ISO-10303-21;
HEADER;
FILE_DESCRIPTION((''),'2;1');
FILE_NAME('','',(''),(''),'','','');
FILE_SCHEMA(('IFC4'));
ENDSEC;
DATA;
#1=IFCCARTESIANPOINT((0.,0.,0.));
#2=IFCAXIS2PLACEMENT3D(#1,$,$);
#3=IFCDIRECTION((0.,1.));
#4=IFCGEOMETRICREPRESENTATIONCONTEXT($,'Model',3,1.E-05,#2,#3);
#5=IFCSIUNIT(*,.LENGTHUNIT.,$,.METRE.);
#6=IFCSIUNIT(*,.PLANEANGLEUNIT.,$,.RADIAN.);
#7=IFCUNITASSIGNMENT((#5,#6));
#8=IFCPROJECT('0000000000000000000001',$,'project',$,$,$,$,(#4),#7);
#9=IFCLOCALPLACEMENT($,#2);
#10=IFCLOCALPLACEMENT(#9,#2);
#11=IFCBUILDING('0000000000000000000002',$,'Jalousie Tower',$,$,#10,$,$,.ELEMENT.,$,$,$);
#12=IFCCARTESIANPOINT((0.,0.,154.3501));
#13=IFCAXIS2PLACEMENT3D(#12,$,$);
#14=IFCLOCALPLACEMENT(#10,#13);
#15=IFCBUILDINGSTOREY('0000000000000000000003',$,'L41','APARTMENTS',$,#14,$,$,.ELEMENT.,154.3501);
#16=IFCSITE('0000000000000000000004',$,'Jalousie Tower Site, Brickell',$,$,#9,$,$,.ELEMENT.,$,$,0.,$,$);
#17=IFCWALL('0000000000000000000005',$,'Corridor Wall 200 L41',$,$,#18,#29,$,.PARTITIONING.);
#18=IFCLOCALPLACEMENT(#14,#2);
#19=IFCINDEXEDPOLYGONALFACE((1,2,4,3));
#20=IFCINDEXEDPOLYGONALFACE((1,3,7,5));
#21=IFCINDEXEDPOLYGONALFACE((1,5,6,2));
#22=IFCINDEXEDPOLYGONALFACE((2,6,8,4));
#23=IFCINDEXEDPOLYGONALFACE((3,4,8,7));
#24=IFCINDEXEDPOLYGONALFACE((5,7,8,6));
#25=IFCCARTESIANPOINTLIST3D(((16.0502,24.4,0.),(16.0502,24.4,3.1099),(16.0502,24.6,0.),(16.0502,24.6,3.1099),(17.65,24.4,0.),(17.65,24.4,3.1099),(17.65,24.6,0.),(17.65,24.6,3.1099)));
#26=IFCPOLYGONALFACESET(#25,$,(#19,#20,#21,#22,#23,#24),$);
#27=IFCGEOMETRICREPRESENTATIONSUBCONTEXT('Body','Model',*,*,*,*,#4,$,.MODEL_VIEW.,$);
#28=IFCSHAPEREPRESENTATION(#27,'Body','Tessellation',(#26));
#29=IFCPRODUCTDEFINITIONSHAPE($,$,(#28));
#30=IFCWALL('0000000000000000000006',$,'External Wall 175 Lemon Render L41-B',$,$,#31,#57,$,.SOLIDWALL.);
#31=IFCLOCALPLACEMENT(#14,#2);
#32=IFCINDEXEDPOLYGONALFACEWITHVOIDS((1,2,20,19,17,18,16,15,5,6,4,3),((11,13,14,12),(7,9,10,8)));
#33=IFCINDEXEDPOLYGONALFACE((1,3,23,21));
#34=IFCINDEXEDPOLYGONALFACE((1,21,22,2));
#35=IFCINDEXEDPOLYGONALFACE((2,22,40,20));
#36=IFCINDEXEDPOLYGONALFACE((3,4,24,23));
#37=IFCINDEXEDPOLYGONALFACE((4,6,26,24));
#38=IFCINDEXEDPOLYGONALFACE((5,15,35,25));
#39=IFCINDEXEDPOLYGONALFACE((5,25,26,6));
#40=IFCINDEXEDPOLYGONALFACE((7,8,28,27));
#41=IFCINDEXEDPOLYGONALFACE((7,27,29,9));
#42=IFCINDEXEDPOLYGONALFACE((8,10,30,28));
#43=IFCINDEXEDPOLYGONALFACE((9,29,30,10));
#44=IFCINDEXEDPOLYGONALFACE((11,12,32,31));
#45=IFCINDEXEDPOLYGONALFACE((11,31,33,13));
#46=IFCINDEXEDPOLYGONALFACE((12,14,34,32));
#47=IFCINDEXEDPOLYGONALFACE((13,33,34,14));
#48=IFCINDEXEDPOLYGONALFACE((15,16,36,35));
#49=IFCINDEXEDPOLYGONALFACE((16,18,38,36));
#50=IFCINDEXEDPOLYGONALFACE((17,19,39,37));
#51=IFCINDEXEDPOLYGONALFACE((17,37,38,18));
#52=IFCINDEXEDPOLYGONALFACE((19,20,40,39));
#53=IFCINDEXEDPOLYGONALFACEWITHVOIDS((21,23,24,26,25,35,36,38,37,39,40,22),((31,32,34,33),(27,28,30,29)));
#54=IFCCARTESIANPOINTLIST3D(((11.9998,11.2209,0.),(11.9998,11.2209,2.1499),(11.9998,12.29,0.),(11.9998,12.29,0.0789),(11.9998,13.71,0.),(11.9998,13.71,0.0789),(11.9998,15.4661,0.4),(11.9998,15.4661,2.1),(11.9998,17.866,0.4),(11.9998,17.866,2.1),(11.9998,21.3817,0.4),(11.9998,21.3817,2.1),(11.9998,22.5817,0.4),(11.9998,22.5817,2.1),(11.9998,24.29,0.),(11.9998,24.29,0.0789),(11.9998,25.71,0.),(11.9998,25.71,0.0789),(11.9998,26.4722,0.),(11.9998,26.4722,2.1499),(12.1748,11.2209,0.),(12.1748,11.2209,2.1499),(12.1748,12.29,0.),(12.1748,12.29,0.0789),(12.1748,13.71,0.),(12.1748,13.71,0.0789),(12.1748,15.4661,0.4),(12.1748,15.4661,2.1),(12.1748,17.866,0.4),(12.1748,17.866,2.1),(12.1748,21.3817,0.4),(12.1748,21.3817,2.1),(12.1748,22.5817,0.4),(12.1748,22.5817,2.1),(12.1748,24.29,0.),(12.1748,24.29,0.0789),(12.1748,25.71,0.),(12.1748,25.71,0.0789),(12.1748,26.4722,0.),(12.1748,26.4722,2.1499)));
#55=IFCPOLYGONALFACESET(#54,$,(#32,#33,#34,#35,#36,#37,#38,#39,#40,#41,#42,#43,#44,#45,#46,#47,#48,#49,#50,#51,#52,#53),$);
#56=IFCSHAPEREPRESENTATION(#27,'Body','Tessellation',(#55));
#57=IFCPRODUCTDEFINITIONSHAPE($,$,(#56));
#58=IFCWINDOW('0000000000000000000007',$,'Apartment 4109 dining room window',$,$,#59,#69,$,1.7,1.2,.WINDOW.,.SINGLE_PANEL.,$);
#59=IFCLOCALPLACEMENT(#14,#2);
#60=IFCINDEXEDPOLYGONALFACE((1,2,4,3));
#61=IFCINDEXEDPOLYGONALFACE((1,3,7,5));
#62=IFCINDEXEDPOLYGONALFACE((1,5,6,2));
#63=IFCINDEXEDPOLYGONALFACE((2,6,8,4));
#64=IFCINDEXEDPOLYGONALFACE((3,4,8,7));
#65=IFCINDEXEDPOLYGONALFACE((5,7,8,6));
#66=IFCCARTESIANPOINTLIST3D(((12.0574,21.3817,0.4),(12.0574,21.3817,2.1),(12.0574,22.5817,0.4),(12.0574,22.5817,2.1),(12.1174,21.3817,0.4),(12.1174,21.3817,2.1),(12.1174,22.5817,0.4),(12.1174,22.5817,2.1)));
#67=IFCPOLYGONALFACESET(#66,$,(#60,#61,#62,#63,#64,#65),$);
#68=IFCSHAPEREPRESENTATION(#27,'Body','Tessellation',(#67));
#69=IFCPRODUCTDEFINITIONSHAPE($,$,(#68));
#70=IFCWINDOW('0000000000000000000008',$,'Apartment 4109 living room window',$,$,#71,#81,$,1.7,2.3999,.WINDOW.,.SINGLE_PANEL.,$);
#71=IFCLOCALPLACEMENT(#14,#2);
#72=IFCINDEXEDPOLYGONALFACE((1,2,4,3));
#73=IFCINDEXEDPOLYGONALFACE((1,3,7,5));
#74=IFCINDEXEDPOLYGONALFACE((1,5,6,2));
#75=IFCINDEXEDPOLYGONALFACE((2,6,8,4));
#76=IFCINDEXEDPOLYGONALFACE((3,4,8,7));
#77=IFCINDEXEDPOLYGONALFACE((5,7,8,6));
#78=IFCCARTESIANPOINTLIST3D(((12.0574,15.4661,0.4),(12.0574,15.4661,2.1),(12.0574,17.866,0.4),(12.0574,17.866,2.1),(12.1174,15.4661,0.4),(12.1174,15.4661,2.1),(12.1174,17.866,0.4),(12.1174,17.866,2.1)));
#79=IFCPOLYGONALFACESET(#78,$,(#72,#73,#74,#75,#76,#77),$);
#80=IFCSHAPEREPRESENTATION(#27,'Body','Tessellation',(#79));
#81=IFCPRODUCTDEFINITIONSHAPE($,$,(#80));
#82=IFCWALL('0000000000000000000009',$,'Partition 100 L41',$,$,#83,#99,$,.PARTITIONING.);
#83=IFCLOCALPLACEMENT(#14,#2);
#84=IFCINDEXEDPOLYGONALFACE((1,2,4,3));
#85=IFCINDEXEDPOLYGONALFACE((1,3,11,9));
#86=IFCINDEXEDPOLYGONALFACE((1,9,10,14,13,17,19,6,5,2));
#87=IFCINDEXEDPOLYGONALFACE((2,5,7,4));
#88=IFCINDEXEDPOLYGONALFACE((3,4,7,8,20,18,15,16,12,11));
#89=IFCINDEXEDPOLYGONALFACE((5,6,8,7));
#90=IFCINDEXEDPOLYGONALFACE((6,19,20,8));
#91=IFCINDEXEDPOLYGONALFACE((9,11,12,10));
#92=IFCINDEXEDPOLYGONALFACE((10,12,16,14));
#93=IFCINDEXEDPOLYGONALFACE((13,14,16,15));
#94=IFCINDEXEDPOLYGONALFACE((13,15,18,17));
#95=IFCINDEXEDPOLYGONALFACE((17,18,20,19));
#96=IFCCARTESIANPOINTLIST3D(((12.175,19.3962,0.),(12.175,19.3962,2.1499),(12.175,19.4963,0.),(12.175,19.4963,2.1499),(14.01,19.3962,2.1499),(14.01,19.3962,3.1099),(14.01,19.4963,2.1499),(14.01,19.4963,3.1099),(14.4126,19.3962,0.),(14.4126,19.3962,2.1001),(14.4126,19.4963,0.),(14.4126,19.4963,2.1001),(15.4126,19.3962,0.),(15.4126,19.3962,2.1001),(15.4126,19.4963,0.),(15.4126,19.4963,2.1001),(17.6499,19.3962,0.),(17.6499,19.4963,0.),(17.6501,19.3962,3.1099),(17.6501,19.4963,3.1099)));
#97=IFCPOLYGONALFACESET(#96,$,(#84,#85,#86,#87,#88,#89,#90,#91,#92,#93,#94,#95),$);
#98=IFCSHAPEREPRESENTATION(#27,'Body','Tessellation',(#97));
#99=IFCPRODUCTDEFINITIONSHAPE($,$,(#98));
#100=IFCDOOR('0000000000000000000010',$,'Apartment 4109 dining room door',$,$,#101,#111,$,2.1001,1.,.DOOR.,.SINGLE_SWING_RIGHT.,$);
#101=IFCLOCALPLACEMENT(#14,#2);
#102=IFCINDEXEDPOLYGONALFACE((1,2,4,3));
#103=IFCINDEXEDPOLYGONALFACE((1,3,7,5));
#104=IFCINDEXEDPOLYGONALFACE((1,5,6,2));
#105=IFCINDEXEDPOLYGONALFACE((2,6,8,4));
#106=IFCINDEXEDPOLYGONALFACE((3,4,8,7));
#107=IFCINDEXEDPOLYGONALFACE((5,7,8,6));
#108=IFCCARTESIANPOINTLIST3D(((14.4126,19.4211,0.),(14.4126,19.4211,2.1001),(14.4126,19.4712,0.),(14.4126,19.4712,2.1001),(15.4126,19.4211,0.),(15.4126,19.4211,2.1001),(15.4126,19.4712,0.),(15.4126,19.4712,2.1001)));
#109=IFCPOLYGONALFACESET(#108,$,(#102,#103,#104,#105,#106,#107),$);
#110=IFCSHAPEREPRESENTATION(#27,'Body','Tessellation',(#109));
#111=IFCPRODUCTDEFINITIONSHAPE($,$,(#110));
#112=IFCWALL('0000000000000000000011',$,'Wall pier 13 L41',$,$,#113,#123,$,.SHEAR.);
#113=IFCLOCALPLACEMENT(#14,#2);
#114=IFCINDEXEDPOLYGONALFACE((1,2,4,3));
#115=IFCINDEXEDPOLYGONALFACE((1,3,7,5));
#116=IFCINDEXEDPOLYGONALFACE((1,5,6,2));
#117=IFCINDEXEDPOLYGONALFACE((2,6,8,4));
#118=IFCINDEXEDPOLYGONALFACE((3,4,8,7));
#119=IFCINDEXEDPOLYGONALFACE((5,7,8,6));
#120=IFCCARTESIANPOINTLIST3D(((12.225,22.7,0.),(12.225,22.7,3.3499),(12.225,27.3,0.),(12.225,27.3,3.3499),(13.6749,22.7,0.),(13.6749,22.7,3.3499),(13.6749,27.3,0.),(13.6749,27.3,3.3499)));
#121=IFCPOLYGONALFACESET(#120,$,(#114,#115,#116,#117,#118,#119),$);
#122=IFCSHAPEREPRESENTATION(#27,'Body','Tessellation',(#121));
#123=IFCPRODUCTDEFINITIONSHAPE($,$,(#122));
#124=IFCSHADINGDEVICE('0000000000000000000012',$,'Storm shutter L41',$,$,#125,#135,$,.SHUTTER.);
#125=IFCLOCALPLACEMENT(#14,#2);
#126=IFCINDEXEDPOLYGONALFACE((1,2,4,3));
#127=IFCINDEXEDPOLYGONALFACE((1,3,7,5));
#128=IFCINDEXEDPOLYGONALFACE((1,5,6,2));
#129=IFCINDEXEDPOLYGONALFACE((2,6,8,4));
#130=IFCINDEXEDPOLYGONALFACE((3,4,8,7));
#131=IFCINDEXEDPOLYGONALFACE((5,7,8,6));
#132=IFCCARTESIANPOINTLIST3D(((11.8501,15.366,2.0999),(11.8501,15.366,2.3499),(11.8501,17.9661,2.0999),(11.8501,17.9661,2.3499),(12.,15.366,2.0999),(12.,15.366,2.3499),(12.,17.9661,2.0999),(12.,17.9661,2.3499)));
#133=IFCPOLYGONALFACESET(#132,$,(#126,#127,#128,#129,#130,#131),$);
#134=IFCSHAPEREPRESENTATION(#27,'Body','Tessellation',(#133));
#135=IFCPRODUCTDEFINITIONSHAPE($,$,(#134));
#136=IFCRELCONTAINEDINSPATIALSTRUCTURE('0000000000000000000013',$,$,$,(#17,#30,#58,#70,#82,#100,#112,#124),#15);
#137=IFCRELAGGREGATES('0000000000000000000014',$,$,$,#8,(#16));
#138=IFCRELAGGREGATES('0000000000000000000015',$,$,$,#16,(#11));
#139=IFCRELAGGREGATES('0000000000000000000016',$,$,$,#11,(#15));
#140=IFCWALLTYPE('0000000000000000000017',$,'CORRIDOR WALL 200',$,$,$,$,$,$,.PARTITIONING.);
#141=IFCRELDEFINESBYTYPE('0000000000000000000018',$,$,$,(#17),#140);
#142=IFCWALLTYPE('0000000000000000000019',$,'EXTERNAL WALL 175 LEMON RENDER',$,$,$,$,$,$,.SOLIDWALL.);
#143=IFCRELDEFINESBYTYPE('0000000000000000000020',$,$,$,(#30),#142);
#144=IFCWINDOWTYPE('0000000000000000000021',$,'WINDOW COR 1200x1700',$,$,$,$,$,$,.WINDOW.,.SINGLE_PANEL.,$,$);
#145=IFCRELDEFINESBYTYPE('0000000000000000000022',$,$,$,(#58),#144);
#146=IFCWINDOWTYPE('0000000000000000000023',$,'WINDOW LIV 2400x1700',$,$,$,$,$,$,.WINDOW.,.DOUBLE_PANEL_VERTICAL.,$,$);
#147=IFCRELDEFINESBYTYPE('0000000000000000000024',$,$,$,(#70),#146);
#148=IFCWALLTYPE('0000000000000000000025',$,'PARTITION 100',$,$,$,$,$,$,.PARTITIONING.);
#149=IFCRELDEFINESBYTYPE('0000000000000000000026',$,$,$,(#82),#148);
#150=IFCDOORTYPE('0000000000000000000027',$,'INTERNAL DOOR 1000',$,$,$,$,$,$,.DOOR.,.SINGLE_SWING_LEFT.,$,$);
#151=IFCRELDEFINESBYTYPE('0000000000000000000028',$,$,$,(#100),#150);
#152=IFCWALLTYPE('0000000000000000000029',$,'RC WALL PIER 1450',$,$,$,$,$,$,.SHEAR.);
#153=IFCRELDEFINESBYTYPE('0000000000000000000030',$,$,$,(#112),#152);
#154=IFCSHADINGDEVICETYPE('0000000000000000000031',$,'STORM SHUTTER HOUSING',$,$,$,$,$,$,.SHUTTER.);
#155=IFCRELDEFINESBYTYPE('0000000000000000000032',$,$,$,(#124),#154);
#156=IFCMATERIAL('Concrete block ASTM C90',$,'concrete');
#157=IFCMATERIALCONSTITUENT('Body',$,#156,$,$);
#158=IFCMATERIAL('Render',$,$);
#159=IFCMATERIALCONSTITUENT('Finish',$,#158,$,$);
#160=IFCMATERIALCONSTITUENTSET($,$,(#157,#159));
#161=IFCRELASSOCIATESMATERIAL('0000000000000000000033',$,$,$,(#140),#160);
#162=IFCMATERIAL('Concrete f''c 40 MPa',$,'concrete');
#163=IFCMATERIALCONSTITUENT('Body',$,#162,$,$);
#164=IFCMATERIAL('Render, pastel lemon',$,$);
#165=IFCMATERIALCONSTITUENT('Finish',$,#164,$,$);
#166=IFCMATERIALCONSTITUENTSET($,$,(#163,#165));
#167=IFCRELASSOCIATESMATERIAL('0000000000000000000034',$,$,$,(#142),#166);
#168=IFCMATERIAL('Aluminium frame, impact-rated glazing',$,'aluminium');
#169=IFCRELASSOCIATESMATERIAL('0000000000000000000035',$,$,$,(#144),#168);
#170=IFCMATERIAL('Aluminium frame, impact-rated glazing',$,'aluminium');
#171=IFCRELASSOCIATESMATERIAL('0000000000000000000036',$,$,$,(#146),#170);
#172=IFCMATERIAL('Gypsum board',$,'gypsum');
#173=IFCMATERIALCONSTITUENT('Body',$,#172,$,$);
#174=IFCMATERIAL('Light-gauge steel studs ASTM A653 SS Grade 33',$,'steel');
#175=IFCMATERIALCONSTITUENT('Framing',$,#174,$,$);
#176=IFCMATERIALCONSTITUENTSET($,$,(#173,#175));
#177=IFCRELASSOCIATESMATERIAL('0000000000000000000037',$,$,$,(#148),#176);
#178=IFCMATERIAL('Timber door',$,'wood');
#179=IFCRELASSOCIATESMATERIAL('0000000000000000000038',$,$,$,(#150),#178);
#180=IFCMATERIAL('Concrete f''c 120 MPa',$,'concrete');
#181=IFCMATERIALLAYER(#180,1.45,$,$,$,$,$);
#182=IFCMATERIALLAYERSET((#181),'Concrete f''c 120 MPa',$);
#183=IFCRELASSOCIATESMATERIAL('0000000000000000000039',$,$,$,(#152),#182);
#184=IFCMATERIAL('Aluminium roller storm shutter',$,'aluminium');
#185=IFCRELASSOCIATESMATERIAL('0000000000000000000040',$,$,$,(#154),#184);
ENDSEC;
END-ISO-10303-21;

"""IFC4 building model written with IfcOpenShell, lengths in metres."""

from ifc_helpers import new_model, si_unit, direction, frame, frame_2d, origin, origin_2d, place, context, subcontext, project, spatial, polyline, rectangle, outline, extrude, material, layer, layer_set, constituent, constituent_set, type_object, element, fill, save


model = new_model("IFC4")

# Units and contexts
model_context = context("Model", 3, precision=1e-05, world=origin(), true_north=direction((0.0, 1.0)))
body_context = subcontext(model_context, "Body", "Model", "MODEL_VIEW")
ifc_project = project(units=[si_unit("LENGTHUNIT", "METRE"), si_unit("PLANEANGLEUNIT", "RADIAN")], contexts=[model_context])

# Site, building, storey
site_placement = place(None, origin())
site = spatial("IfcSite", under=ifc_project, at=site_placement, Name="Jalousie Tower Site, Brickell", CompositionType="ELEMENT", RefElevation=0.0)
building_placement = place(site_placement, origin())
building = spatial("IfcBuilding", under=site, at=building_placement, Name="Jalousie Tower", CompositionType="ELEMENT")
storey_placement = place(building_placement, frame((0.0, 0.0, 154.3501)))
storey = spatial("IfcBuildingStorey", under=building, at=storey_placement, Name="L41", Description="APARTMENTS", CompositionType="ELEMENT", Elevation=154.3501)

# Wall
ifc_material_1 = material(Name="Concrete block ASTM C90", Category="concrete")
ifc_constituent_1 = constituent(ifc_material_1, Name="Body")
ifc_material_2 = material(Name="Render")
ifc_constituent_2 = constituent(ifc_material_2, Name="Finish")
ifc_constituent_set_1 = constituent_set(constituents=[ifc_constituent_1, ifc_constituent_2])
wall_type_1 = type_object("IfcWallType", Name="CORRIDOR WALL 200", PredefinedType="PARTITIONING", material=ifc_constituent_set_1)
for number, where, z_axis, x_axis, name in (
    (1, (17.6499, 24.5, 0.0), (0.0, 0.0, 1.0), (-1.0, 0.0, 0.0), "Corridor Wall 200 L41"),
):
    element("IfcWall", number, at=place(storey_placement, frame(where, z_axis=z_axis, x_axis=x_axis)), inside=storey, type_object=wall_type_1, Name=name, PredefinedType="PARTITIONING", context=body_context, shape_type="SweptSolid", body=[
        extrude(rectangle(XDim=1.5999, YDim=0.2, at=frame_2d((0.7998, 0.0))), origin(), (0.0, 0.0, 1.0), 3.1099),
    ])

# Wall, openings, windows
ifc_material_3 = material(Name="Concrete f'c 40 MPa", Category="concrete")
ifc_constituent_3 = constituent(ifc_material_3, Name="Body")
ifc_material_4 = material(Name="Render, pastel lemon")
ifc_constituent_4 = constituent(ifc_material_4, Name="Finish")
ifc_constituent_set_2 = constituent_set(constituents=[ifc_constituent_3, ifc_constituent_4])
wall_type_2 = type_object("IfcWallType", Name="EXTERNAL WALL 175 LEMON RENDER", PredefinedType="SOLIDWALL", material=ifc_constituent_set_2)
wall_1_placement = place(storey_placement, frame((12.0874, 26.4722, 0.0), z_axis=(0.0, 0.0, 1.0), x_axis=(0.0, -1.0, 0.0)))
wall_1 = element("IfcWall", 2, at=wall_1_placement, inside=storey, type_object=wall_type_2, Name="External Wall 175 Lemon Render L41-B", PredefinedType="SOLIDWALL", context=body_context, shape_type="SweptSolid", body=[
    extrude(outline(polyline([(15.2512, 2.1499), (0.0, 2.1499), (0.0, 0.0), (0.7622, 0.0), (0.7622, 0.0789), (2.1821, 0.0789), (2.1821, 0.0), (12.7622, 0.0), (12.7622, 0.0789), (14.1821, 0.0789), (14.1821, 0.0), (15.2512, 0.0), (15.2512, 2.1499)])), frame((0.0, 0.0874, 0.0), z_axis=(0.0, -1.0, 0.0), x_axis=(1.0, 0.0, 0.0)), (0.0, 0.0, 1.0), 0.175),
])
opening_1_placement = place(wall_1_placement, frame((3.8904, 0.0, 0.3999)))
opening_1 = element("IfcOpeningElement", 3, at=opening_1_placement, cuts=wall_1, PredefinedType="OPENING", context=body_context, shape_type="SweptSolid", body=[
    extrude(rectangle(XDim=1.2, YDim=1.7, at=frame_2d((0.6001, 0.8501))), frame((0.0, 0.0974, 0.0), z_axis=(0.0, -1.0, 0.0), x_axis=(1.0, 0.0, 0.0)), (0.0, 0.0, 1.0), 0.1951),
])
opening_2_placement = place(wall_1_placement, frame((8.6062, 0.0, 0.3999)))
opening_2 = element("IfcOpeningElement", 4, at=opening_2_placement, cuts=wall_1, PredefinedType="OPENING", context=body_context, shape_type="SweptSolid", body=[
    extrude(rectangle(XDim=2.3999, YDim=1.7, at=frame_2d((1.2, 0.8501))), frame((0.0, 0.0974, 0.0), z_axis=(0.0, -1.0, 0.0), x_axis=(1.0, 0.0, 0.0)), (0.0, 0.0, 1.0), 0.1951),
])
ifc_material_5 = material(Name="Aluminium frame, impact-rated glazing", Category="aluminium")
window_type_1 = type_object("IfcWindowType", Name="WINDOW COR 1200x1700", PartitioningType="SINGLE_PANEL", PredefinedType="WINDOW", material=ifc_material_5)
window_1_placement = place(opening_1_placement, origin())
window_1 = element("IfcWindow", 5, at=window_1_placement, inside=storey, type_object=window_type_1, Name="Apartment 4109 dining room window", OverallHeight=1.7, OverallWidth=1.2, PartitioningType="SINGLE_PANEL", PredefinedType="WINDOW", context=body_context, shape_type="SweptSolid", body=[
    extrude(rectangle(XDim=1.2, YDim=1.7, at=frame_2d((0.6001, 0.8501))), frame((0.0, 0.03, 0.0), z_axis=(0.0, -1.0, 0.0), x_axis=(1.0, 0.0, 0.0)), (0.0, 0.0, 1.0), 0.0601),
])
fill(opening_1, window_1)
ifc_material_6 = material(Name="Aluminium frame, impact-rated glazing", Category="aluminium")
window_type_2 = type_object("IfcWindowType", Name="WINDOW LIV 2400x1700", PartitioningType="DOUBLE_PANEL_VERTICAL", PredefinedType="WINDOW", material=ifc_material_6)
window_2_placement = place(opening_2_placement, origin())
window_2 = element("IfcWindow", 6, at=window_2_placement, inside=storey, type_object=window_type_2, Name="Apartment 4109 living room window", OverallHeight=1.7, OverallWidth=2.3999, PartitioningType="SINGLE_PANEL", PredefinedType="WINDOW", context=body_context, shape_type="SweptSolid", body=[
    extrude(rectangle(XDim=2.3999, YDim=1.7, at=frame_2d((1.2, 0.8501))), frame((0.0, 0.03, 0.0), z_axis=(0.0, -1.0, 0.0), x_axis=(1.0, 0.0, 0.0)), (0.0, 0.0, 1.0), 0.0601),
])
fill(opening_2, window_2)

# Wall, opening, door
ifc_material_7 = material(Name="Gypsum board", Category="gypsum")
ifc_constituent_5 = constituent(ifc_material_7, Name="Body")
ifc_material_8 = material(Name="Light-gauge steel studs ASTM A653 SS Grade 33", Category="steel")
ifc_constituent_6 = constituent(ifc_material_8, Name="Framing")
ifc_constituent_set_3 = constituent_set(constituents=[ifc_constituent_5, ifc_constituent_6])
wall_type_3 = type_object("IfcWallType", Name="PARTITION 100", PredefinedType="PARTITIONING", material=ifc_constituent_set_3)
wall_2_placement = place(storey_placement, frame((12.175, 19.4463, 0.0), z_axis=(0.0, 0.0, 1.0), x_axis=(1.0, 0.0, 0.0)))
wall_2 = element("IfcWall", 7, at=wall_2_placement, inside=storey, type_object=wall_type_3, Name="Partition 100 L41", PredefinedType="PARTITIONING", context=body_context, shape_type="SweptSolid", body=[
    extrude(outline(polyline([(0.0, 0.0), (5.4749, 0.0), (5.4751, 3.1099), (1.835, 3.1099), (1.835, 2.1499), (0.0, 2.1499), (0.0, 3.1099), (0.0, 0.0)])), frame((0.0, 0.05, 0.0), z_axis=(0.0, -1.0, 0.0), x_axis=(1.0, 0.0, 0.0)), (0.0, 0.0, 1.0), 0.1001),
])
opening_3_placement = place(wall_2_placement, frame((2.2375, 0.0, 0.0)))
opening_3 = element("IfcOpeningElement", 8, at=opening_3_placement, cuts=wall_2, PredefinedType="OPENING", context=body_context, shape_type="SweptSolid", body=[
    extrude(rectangle(XDim=1.0, YDim=2.1001, at=frame_2d((0.5, 1.05))), frame((0.0, 0.0601, 0.0), z_axis=(0.0, -1.0, 0.0), x_axis=(1.0, 0.0, 0.0)), (0.0, 0.0, 1.0), 0.1201),
])
ifc_material_9 = material(Name="Timber door", Category="wood")
door_type_1 = type_object("IfcDoorType", Name="INTERNAL DOOR 1000", OperationType="SINGLE_SWING_LEFT", PredefinedType="DOOR", material=ifc_material_9)
door_1_placement = place(opening_3_placement, origin())
door_1 = element("IfcDoor", 9, at=door_1_placement, inside=storey, type_object=door_type_1, Name="Apartment 4109 dining room door", OperationType="SINGLE_SWING_RIGHT", OverallHeight=2.1001, OverallWidth=1.0, PredefinedType="DOOR", context=body_context, shape_type="SweptSolid", body=[
    extrude(rectangle(XDim=1.0, YDim=2.1001, at=frame_2d((0.5, 1.05))), frame((0.0, 0.0249, 0.0), z_axis=(0.0, -1.0, 0.0), x_axis=(1.0, 0.0, 0.0)), (0.0, 0.0, 1.0), 0.05),
])
fill(opening_3, door_1)

# Wall
ifc_material_10 = material(Name="Concrete f'c 120 MPa", Category="concrete")
ifc_layer_1 = layer(ifc_material_10, 1.45)
ifc_layer_set_1 = layer_set([ifc_layer_1], Name="Concrete f'c 120 MPa")
wall_type_4 = type_object("IfcWallType", Name="RC WALL PIER 1450", PredefinedType="SHEAR", material=ifc_layer_set_1)
wall_3_placement = place(storey_placement, frame((12.95, 22.7, 0.0), z_axis=(0.0, 0.0, 1.0), x_axis=(0.0, 1.0, 0.0)))
element("IfcWall", 10, at=wall_3_placement, inside=storey, type_object=wall_type_4, Name="Wall pier 13 L41", PredefinedType="SHEAR", context=body_context, shape_type="SweptSolid", body=[
    extrude(rectangle(XDim=4.6001, YDim=1.45, at=frame_2d((2.3, 0.0))), origin(), (0.0, 0.0, 1.0), 3.3499),
])

# Shading device
ifc_material_11 = material(Name="Aluminium roller storm shutter", Category="aluminium")
shading_device_type = type_object("IfcShadingDeviceType", Name="STORM SHUTTER HOUSING", PredefinedType="SHUTTER", material=ifc_material_11)
shading_device_placement = place(storey_placement, frame((11.925, 16.666, 2.0999), z_axis=(0.0, 0.0, 1.0), x_axis=(0.0, -1.0, 0.0)))
element("IfcShadingDevice", 11, at=shading_device_placement, inside=storey, type_object=shading_device_type, Name="Storm shutter L41", PredefinedType="SHUTTER", context=body_context, shape_type="SweptSolid", body=[
    extrude(rectangle(XDim=2.6001, YDim=0.1499, at=origin_2d()), origin(), (0.0, 0.0, 1.0), 0.25),
])

save(model, "model.ifc")
